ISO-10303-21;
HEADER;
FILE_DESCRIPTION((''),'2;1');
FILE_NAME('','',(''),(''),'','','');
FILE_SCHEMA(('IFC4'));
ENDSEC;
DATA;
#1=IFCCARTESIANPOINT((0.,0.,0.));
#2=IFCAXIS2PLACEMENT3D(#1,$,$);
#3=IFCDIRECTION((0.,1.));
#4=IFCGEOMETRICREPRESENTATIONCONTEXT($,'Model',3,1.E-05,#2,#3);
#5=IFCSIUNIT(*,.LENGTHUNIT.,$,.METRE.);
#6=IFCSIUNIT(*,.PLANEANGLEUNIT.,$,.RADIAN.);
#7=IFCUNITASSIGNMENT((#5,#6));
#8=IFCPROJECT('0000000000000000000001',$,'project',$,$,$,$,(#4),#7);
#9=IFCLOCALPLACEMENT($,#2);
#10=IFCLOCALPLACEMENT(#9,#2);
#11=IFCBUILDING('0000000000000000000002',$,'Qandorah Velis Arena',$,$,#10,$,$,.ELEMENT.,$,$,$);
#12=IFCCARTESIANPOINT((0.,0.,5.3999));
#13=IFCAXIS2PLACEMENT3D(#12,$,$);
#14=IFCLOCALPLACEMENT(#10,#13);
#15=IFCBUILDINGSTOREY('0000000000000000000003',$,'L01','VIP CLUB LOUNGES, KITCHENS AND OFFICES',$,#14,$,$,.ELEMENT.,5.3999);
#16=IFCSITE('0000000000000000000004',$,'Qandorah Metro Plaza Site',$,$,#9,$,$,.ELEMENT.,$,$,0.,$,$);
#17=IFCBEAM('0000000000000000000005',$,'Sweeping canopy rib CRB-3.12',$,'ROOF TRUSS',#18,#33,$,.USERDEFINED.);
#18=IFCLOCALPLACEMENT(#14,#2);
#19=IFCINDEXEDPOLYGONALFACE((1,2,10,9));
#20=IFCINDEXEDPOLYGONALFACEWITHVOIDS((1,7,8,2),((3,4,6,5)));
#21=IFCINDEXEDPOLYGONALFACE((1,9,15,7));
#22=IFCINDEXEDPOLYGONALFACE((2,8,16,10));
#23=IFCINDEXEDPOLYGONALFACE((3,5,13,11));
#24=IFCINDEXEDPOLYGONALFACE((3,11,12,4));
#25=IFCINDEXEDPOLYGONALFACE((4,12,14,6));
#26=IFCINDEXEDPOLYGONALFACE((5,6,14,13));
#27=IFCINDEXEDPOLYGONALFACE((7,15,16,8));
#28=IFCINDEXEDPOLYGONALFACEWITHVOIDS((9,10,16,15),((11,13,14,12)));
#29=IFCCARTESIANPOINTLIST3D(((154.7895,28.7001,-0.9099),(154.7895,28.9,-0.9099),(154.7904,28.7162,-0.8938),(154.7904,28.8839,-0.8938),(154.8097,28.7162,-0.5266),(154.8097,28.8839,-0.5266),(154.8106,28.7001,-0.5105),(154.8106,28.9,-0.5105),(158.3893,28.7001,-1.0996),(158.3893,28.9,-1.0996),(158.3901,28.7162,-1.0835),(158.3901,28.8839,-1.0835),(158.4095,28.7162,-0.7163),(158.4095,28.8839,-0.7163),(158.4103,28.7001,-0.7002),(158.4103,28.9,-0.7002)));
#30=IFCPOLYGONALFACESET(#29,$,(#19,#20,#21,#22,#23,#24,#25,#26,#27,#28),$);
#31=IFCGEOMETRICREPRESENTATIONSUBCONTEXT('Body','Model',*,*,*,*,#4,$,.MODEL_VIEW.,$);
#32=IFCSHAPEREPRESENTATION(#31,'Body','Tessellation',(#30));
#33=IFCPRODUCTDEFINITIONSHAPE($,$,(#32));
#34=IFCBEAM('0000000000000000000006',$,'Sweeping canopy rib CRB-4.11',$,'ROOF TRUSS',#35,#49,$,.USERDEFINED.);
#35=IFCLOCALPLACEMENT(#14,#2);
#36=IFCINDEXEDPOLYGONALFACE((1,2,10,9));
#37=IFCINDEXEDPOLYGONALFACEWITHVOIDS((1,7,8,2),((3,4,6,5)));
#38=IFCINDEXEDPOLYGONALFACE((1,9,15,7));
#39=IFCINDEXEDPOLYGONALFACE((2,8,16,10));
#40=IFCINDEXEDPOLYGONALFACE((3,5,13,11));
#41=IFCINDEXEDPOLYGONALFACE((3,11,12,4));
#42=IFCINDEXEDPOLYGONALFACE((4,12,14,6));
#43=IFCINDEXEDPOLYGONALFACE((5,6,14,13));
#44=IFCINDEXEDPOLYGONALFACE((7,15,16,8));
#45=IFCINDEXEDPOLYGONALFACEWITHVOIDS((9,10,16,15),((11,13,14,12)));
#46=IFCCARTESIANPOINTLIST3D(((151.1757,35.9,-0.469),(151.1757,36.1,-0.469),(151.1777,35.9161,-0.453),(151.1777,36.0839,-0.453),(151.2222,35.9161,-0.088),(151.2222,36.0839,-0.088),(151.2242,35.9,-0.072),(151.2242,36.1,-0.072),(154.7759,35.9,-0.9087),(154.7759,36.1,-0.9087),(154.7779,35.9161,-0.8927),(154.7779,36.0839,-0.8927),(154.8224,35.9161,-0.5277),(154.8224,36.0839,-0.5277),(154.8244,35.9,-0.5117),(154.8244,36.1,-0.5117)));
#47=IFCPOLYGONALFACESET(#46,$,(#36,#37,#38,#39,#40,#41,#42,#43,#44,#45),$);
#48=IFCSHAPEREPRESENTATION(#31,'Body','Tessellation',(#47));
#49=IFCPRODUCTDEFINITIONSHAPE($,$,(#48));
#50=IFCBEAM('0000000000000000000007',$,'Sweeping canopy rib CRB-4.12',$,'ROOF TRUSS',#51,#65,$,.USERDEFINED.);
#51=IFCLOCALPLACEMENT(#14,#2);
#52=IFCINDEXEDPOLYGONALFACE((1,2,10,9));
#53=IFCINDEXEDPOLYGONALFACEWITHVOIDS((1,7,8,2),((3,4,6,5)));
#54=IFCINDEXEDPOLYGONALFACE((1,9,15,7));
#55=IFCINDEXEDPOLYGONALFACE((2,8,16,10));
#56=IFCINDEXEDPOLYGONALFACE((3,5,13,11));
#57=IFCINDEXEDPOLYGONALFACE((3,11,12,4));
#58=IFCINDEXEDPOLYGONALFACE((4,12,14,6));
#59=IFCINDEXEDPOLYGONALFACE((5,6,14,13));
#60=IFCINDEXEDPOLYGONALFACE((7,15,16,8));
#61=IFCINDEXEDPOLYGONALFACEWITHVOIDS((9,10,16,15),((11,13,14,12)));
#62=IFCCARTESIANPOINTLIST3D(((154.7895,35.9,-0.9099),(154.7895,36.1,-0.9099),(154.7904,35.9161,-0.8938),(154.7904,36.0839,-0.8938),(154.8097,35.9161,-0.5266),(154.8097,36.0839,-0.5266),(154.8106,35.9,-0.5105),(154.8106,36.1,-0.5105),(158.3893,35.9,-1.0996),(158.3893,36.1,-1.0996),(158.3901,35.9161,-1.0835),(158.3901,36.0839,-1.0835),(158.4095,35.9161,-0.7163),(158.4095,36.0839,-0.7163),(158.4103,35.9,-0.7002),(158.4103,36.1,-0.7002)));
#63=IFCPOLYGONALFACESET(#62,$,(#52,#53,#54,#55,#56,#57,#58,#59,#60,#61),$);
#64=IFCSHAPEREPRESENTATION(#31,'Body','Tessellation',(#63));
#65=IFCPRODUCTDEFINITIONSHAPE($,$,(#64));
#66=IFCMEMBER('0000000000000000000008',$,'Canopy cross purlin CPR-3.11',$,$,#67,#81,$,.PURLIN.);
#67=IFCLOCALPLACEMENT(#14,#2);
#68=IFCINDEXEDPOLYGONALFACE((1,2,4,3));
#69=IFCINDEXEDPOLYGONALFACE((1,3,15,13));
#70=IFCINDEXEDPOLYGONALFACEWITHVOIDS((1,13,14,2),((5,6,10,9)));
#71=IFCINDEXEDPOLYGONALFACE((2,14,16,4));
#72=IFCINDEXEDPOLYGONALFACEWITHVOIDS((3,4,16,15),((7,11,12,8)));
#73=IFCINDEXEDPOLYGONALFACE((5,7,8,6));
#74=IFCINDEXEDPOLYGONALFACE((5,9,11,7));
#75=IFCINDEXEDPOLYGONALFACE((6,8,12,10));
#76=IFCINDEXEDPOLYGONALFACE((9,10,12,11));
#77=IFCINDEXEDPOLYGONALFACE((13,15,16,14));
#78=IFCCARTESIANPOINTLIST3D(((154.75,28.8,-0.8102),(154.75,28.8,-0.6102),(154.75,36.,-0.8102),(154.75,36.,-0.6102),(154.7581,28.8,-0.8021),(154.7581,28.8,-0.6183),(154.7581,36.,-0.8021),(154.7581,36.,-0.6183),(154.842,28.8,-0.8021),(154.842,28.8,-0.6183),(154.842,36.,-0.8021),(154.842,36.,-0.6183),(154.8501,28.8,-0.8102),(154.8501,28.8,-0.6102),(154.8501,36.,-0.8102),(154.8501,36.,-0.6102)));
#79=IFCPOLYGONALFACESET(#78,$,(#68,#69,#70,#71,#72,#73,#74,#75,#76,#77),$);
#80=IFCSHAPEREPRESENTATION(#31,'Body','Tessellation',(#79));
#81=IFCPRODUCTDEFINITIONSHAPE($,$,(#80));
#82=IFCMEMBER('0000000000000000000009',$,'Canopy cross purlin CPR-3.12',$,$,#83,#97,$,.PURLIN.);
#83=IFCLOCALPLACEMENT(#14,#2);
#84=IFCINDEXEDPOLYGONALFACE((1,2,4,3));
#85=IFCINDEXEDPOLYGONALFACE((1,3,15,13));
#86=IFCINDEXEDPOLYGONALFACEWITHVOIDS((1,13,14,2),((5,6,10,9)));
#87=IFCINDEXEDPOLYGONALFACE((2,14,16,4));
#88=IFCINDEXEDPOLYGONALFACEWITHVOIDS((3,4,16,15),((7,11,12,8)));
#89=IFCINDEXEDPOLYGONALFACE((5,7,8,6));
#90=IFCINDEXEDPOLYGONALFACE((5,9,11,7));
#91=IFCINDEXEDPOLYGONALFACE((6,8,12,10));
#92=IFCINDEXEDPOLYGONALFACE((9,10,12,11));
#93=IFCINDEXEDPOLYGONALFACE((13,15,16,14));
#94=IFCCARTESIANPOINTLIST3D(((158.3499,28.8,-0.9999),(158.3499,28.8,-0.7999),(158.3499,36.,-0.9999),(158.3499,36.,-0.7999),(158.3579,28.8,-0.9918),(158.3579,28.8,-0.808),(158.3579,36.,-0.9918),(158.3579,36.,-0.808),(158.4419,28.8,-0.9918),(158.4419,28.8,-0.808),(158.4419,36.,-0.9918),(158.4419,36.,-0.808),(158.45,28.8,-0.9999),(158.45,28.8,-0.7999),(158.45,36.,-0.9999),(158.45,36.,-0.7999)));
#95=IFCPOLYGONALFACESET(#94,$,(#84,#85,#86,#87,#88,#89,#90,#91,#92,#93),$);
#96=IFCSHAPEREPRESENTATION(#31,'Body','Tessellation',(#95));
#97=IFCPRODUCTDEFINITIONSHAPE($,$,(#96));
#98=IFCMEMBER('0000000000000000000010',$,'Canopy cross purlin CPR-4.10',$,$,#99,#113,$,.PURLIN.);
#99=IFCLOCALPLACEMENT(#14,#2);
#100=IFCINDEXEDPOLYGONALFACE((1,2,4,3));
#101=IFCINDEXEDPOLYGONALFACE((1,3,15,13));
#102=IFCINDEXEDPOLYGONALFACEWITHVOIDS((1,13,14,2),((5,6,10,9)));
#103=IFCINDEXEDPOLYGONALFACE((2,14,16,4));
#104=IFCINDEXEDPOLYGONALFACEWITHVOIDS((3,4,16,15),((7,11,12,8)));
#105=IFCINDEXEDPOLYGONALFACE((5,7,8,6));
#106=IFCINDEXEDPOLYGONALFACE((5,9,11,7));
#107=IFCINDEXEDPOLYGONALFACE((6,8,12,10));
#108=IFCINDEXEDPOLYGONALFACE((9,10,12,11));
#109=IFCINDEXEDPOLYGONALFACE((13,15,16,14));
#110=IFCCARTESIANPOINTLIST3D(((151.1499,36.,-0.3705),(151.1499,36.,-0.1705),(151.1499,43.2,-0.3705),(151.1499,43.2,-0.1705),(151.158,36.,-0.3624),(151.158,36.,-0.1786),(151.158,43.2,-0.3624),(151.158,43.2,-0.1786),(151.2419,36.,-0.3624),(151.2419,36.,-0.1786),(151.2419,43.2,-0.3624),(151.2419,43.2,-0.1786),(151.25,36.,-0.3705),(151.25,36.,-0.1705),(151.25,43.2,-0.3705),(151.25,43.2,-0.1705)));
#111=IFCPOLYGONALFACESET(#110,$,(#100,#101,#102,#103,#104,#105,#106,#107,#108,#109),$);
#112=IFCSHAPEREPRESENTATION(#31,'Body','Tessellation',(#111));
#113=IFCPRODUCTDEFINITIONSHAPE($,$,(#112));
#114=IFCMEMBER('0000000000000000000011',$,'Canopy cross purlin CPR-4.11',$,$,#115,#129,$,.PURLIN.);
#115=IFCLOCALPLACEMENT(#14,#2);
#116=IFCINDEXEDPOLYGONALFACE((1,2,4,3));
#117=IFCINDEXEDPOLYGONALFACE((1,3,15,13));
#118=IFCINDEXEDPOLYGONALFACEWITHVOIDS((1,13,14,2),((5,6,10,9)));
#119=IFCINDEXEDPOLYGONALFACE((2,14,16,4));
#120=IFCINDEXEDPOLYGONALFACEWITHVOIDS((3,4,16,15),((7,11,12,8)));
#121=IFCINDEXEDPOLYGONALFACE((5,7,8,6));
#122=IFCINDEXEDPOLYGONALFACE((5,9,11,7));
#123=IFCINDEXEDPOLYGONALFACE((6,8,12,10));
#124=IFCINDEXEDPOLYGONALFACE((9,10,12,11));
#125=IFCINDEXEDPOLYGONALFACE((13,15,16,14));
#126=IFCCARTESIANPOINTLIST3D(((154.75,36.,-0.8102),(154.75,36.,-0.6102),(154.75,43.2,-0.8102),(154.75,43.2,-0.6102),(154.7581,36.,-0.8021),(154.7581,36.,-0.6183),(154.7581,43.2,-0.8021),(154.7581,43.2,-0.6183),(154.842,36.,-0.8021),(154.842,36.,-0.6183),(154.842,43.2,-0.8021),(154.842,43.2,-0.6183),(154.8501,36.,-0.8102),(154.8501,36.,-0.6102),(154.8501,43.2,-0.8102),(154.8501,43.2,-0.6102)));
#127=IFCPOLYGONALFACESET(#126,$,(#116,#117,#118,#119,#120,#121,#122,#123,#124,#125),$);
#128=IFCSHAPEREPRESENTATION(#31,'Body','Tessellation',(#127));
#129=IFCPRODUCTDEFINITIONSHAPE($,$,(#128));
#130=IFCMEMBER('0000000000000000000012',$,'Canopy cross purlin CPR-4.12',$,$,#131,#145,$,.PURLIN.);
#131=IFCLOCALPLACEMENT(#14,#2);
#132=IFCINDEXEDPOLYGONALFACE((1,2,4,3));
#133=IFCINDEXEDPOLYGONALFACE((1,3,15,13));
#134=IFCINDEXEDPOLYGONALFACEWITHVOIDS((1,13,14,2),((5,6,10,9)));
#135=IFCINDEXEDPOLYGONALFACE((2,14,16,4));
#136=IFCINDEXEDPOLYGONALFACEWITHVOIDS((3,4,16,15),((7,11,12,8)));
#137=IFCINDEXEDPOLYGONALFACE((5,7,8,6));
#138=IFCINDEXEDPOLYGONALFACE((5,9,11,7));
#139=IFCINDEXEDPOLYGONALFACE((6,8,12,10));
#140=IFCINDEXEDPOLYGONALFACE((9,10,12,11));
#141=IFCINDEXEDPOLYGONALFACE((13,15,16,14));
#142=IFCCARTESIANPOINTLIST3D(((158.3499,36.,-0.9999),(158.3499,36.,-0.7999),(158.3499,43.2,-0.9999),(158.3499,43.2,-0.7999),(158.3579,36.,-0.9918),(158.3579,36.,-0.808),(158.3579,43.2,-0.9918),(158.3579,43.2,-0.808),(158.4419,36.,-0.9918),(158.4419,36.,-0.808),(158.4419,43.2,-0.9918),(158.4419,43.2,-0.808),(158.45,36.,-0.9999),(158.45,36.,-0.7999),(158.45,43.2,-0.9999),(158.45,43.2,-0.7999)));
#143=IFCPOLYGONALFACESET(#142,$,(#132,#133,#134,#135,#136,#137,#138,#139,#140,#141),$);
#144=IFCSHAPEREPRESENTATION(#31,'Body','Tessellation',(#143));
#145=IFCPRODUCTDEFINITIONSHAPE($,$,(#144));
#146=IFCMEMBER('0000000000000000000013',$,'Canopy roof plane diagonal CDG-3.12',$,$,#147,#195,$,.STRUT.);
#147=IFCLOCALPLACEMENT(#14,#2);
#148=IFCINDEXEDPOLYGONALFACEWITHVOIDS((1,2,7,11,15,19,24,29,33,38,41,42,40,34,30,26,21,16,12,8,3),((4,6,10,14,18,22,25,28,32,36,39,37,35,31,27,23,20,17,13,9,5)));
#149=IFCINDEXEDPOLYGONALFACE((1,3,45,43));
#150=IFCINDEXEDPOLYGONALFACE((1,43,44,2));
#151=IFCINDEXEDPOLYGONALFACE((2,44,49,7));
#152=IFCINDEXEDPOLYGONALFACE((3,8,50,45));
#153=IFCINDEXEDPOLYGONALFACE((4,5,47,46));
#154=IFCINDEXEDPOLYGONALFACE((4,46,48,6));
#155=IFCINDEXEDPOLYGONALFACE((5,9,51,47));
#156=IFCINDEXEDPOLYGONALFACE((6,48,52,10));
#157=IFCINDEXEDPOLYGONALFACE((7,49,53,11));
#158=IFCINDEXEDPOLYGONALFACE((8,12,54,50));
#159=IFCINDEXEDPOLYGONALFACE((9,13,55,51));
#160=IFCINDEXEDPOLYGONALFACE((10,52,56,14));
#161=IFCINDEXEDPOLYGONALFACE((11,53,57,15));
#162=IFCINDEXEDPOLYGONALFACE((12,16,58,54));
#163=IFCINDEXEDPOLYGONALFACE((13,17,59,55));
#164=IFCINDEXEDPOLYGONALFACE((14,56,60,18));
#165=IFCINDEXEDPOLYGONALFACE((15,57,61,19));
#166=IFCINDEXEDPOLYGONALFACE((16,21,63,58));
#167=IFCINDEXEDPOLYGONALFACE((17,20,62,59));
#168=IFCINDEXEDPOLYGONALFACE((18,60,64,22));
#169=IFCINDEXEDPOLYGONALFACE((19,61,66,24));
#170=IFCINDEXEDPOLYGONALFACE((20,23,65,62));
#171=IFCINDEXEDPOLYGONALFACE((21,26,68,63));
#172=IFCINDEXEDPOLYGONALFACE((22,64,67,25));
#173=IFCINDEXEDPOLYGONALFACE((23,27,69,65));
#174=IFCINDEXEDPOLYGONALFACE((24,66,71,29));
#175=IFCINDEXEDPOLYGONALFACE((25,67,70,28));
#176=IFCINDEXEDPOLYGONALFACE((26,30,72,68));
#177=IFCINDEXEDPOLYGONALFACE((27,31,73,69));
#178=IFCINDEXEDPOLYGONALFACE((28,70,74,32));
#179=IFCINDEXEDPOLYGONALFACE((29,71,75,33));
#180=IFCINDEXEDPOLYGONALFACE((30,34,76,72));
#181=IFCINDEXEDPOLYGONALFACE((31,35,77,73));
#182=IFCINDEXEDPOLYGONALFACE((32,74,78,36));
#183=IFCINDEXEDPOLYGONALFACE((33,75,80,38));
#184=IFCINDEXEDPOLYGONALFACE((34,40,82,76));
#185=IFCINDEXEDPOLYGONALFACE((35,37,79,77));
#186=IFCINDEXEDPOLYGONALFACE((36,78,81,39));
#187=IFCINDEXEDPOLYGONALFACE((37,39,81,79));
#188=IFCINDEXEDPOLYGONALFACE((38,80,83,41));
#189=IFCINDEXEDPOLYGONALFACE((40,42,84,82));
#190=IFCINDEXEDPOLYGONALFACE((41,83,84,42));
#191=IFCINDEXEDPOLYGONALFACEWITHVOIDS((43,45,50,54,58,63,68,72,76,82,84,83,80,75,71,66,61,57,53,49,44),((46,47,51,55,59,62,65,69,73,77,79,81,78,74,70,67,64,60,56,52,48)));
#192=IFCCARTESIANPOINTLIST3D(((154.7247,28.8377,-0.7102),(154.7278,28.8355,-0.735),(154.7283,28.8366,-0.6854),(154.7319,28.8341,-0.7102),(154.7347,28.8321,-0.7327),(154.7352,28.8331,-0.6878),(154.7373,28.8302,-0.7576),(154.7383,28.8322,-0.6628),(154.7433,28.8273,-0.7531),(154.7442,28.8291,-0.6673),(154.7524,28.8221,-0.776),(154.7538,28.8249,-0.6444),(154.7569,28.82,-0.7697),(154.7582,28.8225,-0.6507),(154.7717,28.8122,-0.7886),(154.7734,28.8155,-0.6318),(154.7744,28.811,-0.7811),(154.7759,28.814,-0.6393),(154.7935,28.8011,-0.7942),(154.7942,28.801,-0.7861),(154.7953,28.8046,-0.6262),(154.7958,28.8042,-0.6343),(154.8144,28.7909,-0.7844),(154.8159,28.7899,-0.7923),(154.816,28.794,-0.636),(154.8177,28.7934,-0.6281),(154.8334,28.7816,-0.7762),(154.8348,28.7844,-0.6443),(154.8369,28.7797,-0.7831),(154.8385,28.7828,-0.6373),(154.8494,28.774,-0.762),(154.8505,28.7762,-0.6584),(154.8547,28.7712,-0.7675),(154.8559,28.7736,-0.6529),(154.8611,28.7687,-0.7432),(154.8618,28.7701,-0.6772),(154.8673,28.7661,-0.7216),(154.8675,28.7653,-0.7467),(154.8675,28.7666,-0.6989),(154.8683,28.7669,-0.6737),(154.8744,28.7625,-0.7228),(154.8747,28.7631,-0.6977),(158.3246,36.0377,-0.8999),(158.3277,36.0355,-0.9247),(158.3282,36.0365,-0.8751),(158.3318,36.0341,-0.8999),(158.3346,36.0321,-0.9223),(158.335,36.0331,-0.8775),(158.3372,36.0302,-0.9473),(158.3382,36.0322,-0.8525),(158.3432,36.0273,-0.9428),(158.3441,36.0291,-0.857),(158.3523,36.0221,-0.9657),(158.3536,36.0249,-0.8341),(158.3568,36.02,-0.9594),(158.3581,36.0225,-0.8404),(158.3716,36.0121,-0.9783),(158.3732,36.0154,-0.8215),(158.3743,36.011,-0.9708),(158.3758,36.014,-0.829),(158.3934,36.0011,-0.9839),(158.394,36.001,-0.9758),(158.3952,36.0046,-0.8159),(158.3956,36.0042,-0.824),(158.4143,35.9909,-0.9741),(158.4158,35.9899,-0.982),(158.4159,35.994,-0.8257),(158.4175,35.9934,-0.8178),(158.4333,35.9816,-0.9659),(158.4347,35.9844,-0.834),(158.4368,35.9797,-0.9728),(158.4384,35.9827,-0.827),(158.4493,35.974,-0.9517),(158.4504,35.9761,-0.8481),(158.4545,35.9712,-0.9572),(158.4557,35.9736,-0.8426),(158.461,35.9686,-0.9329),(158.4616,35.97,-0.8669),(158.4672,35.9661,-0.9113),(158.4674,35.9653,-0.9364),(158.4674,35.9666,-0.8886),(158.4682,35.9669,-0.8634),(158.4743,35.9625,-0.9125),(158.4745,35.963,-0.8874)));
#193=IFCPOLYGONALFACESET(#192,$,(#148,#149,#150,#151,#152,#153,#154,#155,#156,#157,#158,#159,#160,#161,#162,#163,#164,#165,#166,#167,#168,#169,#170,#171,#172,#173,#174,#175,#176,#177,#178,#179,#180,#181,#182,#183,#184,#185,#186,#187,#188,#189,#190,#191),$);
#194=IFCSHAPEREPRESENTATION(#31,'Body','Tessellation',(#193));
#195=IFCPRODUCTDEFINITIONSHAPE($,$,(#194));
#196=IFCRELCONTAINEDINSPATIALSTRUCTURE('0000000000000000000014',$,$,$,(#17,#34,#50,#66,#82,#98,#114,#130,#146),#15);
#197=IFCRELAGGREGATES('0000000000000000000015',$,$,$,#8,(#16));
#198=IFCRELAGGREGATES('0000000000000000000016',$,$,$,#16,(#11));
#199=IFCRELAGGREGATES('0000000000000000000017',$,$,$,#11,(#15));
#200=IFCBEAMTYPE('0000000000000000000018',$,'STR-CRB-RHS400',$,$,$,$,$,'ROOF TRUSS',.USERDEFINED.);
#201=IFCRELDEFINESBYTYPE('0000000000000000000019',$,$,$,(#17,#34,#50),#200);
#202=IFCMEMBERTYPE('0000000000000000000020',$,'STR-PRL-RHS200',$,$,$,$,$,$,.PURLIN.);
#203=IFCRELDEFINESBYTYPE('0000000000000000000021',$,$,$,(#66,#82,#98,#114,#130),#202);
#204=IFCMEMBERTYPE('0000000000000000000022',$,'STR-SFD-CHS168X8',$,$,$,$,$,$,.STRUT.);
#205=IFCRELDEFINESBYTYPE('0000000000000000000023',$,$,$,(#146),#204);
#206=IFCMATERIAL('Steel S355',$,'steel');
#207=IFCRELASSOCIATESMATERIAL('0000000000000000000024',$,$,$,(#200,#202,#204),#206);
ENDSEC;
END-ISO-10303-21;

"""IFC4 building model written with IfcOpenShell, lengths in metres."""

from ifc_helpers import new_model, si_unit, direction, frame, origin, origin_2d, place, context, subcontext, project, spatial, hollow_rectangle, hollow_circle, extrude, material, material_profile, profile_set, type_object, element, save


model = new_model("IFC4")

# Units and contexts
model_context = context("Model", 3, precision=1e-05, world=origin(), true_north=direction((0.0, 1.0)))
body_context = subcontext(model_context, "Body", "Model", "MODEL_VIEW")
ifc_project = project(units=[si_unit("LENGTHUNIT", "METRE"), si_unit("PLANEANGLEUNIT", "RADIAN")], contexts=[model_context])

# Site, building, storey
site_placement = place(None, origin())
site = spatial("IfcSite", under=ifc_project, at=site_placement, Name="Qandorah Metro Plaza Site", CompositionType="ELEMENT", RefElevation=0.0)
building_placement = place(site_placement, origin())
building = spatial("IfcBuilding", under=site, at=building_placement, Name="Qandorah Velis Arena", CompositionType="ELEMENT")
storey_placement = place(building_placement, frame((0.0, 0.0, 5.3999)))
storey = spatial("IfcBuildingStorey", under=building, at=storey_placement, Name="L01", Description="VIP CLUB LOUNGES, KITCHENS AND OFFICES", CompositionType="ELEMENT", Elevation=5.3999)

# Beams
ifc_material_1 = material(Name="Steel S355", Category="steel")
ifc_material_profile_1 = material_profile(ifc_material_1, hollow_rectangle(XDim=0.2, YDim=0.3999, WallThickness=0.0161, at=origin_2d()), Name="RHS 400x200x16")
ifc_profile_set_1 = profile_set([ifc_material_profile_1], Name="Steel S355")
beam_type = type_object("IfcBeamType", Name="STR-CRB-RHS400", ElementType="ROOF TRUSS", PredefinedType="USERDEFINED", material=ifc_profile_set_1)
beam_1_placement = place(storey_placement, frame((154.8, 28.8, -0.7102), z_axis=(0.998614, 0.0, -0.052623), x_axis=(0.0, 1.0, 0.0)))
element("IfcBeam", 1, at=beam_1_placement, inside=storey, type_object=beam_type, Name="Sweeping canopy rib CRB-3.12", ObjectType="ROOF TRUSS", PredefinedType="USERDEFINED", context=body_context, shape_type="SweptSolid", body=[
    extrude(hollow_rectangle(XDim=0.2, YDim=0.3999, WallThickness=0.0161, at=origin_2d()), origin(), (0.0, 0.0, 1.0), 3.6047),
])
beam_2_placement = place(storey_placement, frame((151.2, 36.0, -0.2705), z_axis=(0.992624, 0.0, -0.121234), x_axis=(0.0, 1.0, 0.0)))
element("IfcBeam", 2, at=beam_2_placement, inside=storey, type_object=beam_type, Name="Sweeping canopy rib CRB-4.11", ObjectType="ROOF TRUSS", PredefinedType="USERDEFINED", context=body_context, shape_type="SweptSolid", body=[
    extrude(hollow_rectangle(XDim=0.2, YDim=0.3999, WallThickness=0.0161, at=origin_2d()), origin(), (0.0, 0.0, 1.0), 3.627),
])
beam_3_placement = place(storey_placement, frame((154.8, 36.0, -0.7102), z_axis=(0.998614, 0.0, -0.052623), x_axis=(0.0, 1.0, 0.0)))
element("IfcBeam", 3, at=beam_3_placement, inside=storey, type_object=beam_type, Name="Sweeping canopy rib CRB-4.12", ObjectType="ROOF TRUSS", PredefinedType="USERDEFINED", context=body_context, shape_type="SweptSolid", body=[
    extrude(hollow_rectangle(XDim=0.2, YDim=0.3999, WallThickness=0.0161, at=origin_2d()), origin(), (0.0, 0.0, 1.0), 3.6047),
])

# Members
ifc_material_profile_2 = material_profile(ifc_material_1, hollow_rectangle(XDim=0.1001, YDim=0.2, WallThickness=0.0081, at=origin_2d()), Name="RHS 200x100x8")
ifc_profile_set_2 = profile_set([ifc_material_profile_2], Name="Steel S355")
member_type_1 = type_object("IfcMemberType", Name="STR-PRL-RHS200", PredefinedType="PURLIN", material=ifc_profile_set_2)
for number, where, z_axis, x_axis, name in (
    (4, (154.8, 28.8, -0.7102), (0.0, 1.0, 0.0), (-1.0, 0.0, 0.0), "Canopy cross purlin CPR-3.11"),
    (5, (158.3999, 28.8, -0.8999), (0.0, 1.0, 0.0), (-1.0, 0.0, 0.0), "Canopy cross purlin CPR-3.12"),
    (6, (151.2, 36.0, -0.2705), (0.0, 1.0, 0.0), (-1.0, 0.0, 0.0), "Canopy cross purlin CPR-4.10"),
    (7, (154.8, 36.0, -0.7102), (0.0, 1.0, 0.0), (-1.0, 0.0, 0.0), "Canopy cross purlin CPR-4.11"),
    (8, (158.3999, 36.0, -0.8999), (0.0, 1.0, 0.0), (-1.0, 0.0, 0.0), "Canopy cross purlin CPR-4.12"),
):
    element("IfcMember", number, at=place(storey_placement, frame(where, z_axis=z_axis, x_axis=x_axis)), inside=storey, type_object=member_type_1, Name=name, PredefinedType="PURLIN", context=body_context, shape_type="SweptSolid", body=[
        extrude(hollow_rectangle(XDim=0.1001, YDim=0.2, WallThickness=0.0081, at=origin_2d()), origin(), (0.0, 0.0, 1.0), 7.2),
    ])
ifc_material_profile_3 = material_profile(ifc_material_1, hollow_circle(Radius=0.0842, WallThickness=0.0081, at=origin_2d()), Name="CHS 168.3x8")
ifc_profile_set_3 = profile_set([ifc_material_profile_3], Name="Steel S355")
member_type_2 = type_object("IfcMemberType", Name="STR-SFD-CHS168X8", PredefinedType="STRUT", material=ifc_profile_set_3)
member_1_placement = place(storey_placement, frame((154.8, 28.8, -0.7102), z_axis=(0.447077, 0.894185, -0.023559), x_axis=(-0.894433, 0.447201, 0.0)))
element("IfcMember", 9, at=member_1_placement, inside=storey, type_object=member_type_2, Name="Canopy roof plane diagonal CDG-3.12", PredefinedType="STRUT", context=body_context, shape_type="SweptSolid", body=[
    extrude(hollow_circle(Radius=0.0842, WallThickness=0.0081, at=origin_2d()), origin(), (0.0, 0.0, 1.0), 8.052),
])

save(model, "model.ifc")
